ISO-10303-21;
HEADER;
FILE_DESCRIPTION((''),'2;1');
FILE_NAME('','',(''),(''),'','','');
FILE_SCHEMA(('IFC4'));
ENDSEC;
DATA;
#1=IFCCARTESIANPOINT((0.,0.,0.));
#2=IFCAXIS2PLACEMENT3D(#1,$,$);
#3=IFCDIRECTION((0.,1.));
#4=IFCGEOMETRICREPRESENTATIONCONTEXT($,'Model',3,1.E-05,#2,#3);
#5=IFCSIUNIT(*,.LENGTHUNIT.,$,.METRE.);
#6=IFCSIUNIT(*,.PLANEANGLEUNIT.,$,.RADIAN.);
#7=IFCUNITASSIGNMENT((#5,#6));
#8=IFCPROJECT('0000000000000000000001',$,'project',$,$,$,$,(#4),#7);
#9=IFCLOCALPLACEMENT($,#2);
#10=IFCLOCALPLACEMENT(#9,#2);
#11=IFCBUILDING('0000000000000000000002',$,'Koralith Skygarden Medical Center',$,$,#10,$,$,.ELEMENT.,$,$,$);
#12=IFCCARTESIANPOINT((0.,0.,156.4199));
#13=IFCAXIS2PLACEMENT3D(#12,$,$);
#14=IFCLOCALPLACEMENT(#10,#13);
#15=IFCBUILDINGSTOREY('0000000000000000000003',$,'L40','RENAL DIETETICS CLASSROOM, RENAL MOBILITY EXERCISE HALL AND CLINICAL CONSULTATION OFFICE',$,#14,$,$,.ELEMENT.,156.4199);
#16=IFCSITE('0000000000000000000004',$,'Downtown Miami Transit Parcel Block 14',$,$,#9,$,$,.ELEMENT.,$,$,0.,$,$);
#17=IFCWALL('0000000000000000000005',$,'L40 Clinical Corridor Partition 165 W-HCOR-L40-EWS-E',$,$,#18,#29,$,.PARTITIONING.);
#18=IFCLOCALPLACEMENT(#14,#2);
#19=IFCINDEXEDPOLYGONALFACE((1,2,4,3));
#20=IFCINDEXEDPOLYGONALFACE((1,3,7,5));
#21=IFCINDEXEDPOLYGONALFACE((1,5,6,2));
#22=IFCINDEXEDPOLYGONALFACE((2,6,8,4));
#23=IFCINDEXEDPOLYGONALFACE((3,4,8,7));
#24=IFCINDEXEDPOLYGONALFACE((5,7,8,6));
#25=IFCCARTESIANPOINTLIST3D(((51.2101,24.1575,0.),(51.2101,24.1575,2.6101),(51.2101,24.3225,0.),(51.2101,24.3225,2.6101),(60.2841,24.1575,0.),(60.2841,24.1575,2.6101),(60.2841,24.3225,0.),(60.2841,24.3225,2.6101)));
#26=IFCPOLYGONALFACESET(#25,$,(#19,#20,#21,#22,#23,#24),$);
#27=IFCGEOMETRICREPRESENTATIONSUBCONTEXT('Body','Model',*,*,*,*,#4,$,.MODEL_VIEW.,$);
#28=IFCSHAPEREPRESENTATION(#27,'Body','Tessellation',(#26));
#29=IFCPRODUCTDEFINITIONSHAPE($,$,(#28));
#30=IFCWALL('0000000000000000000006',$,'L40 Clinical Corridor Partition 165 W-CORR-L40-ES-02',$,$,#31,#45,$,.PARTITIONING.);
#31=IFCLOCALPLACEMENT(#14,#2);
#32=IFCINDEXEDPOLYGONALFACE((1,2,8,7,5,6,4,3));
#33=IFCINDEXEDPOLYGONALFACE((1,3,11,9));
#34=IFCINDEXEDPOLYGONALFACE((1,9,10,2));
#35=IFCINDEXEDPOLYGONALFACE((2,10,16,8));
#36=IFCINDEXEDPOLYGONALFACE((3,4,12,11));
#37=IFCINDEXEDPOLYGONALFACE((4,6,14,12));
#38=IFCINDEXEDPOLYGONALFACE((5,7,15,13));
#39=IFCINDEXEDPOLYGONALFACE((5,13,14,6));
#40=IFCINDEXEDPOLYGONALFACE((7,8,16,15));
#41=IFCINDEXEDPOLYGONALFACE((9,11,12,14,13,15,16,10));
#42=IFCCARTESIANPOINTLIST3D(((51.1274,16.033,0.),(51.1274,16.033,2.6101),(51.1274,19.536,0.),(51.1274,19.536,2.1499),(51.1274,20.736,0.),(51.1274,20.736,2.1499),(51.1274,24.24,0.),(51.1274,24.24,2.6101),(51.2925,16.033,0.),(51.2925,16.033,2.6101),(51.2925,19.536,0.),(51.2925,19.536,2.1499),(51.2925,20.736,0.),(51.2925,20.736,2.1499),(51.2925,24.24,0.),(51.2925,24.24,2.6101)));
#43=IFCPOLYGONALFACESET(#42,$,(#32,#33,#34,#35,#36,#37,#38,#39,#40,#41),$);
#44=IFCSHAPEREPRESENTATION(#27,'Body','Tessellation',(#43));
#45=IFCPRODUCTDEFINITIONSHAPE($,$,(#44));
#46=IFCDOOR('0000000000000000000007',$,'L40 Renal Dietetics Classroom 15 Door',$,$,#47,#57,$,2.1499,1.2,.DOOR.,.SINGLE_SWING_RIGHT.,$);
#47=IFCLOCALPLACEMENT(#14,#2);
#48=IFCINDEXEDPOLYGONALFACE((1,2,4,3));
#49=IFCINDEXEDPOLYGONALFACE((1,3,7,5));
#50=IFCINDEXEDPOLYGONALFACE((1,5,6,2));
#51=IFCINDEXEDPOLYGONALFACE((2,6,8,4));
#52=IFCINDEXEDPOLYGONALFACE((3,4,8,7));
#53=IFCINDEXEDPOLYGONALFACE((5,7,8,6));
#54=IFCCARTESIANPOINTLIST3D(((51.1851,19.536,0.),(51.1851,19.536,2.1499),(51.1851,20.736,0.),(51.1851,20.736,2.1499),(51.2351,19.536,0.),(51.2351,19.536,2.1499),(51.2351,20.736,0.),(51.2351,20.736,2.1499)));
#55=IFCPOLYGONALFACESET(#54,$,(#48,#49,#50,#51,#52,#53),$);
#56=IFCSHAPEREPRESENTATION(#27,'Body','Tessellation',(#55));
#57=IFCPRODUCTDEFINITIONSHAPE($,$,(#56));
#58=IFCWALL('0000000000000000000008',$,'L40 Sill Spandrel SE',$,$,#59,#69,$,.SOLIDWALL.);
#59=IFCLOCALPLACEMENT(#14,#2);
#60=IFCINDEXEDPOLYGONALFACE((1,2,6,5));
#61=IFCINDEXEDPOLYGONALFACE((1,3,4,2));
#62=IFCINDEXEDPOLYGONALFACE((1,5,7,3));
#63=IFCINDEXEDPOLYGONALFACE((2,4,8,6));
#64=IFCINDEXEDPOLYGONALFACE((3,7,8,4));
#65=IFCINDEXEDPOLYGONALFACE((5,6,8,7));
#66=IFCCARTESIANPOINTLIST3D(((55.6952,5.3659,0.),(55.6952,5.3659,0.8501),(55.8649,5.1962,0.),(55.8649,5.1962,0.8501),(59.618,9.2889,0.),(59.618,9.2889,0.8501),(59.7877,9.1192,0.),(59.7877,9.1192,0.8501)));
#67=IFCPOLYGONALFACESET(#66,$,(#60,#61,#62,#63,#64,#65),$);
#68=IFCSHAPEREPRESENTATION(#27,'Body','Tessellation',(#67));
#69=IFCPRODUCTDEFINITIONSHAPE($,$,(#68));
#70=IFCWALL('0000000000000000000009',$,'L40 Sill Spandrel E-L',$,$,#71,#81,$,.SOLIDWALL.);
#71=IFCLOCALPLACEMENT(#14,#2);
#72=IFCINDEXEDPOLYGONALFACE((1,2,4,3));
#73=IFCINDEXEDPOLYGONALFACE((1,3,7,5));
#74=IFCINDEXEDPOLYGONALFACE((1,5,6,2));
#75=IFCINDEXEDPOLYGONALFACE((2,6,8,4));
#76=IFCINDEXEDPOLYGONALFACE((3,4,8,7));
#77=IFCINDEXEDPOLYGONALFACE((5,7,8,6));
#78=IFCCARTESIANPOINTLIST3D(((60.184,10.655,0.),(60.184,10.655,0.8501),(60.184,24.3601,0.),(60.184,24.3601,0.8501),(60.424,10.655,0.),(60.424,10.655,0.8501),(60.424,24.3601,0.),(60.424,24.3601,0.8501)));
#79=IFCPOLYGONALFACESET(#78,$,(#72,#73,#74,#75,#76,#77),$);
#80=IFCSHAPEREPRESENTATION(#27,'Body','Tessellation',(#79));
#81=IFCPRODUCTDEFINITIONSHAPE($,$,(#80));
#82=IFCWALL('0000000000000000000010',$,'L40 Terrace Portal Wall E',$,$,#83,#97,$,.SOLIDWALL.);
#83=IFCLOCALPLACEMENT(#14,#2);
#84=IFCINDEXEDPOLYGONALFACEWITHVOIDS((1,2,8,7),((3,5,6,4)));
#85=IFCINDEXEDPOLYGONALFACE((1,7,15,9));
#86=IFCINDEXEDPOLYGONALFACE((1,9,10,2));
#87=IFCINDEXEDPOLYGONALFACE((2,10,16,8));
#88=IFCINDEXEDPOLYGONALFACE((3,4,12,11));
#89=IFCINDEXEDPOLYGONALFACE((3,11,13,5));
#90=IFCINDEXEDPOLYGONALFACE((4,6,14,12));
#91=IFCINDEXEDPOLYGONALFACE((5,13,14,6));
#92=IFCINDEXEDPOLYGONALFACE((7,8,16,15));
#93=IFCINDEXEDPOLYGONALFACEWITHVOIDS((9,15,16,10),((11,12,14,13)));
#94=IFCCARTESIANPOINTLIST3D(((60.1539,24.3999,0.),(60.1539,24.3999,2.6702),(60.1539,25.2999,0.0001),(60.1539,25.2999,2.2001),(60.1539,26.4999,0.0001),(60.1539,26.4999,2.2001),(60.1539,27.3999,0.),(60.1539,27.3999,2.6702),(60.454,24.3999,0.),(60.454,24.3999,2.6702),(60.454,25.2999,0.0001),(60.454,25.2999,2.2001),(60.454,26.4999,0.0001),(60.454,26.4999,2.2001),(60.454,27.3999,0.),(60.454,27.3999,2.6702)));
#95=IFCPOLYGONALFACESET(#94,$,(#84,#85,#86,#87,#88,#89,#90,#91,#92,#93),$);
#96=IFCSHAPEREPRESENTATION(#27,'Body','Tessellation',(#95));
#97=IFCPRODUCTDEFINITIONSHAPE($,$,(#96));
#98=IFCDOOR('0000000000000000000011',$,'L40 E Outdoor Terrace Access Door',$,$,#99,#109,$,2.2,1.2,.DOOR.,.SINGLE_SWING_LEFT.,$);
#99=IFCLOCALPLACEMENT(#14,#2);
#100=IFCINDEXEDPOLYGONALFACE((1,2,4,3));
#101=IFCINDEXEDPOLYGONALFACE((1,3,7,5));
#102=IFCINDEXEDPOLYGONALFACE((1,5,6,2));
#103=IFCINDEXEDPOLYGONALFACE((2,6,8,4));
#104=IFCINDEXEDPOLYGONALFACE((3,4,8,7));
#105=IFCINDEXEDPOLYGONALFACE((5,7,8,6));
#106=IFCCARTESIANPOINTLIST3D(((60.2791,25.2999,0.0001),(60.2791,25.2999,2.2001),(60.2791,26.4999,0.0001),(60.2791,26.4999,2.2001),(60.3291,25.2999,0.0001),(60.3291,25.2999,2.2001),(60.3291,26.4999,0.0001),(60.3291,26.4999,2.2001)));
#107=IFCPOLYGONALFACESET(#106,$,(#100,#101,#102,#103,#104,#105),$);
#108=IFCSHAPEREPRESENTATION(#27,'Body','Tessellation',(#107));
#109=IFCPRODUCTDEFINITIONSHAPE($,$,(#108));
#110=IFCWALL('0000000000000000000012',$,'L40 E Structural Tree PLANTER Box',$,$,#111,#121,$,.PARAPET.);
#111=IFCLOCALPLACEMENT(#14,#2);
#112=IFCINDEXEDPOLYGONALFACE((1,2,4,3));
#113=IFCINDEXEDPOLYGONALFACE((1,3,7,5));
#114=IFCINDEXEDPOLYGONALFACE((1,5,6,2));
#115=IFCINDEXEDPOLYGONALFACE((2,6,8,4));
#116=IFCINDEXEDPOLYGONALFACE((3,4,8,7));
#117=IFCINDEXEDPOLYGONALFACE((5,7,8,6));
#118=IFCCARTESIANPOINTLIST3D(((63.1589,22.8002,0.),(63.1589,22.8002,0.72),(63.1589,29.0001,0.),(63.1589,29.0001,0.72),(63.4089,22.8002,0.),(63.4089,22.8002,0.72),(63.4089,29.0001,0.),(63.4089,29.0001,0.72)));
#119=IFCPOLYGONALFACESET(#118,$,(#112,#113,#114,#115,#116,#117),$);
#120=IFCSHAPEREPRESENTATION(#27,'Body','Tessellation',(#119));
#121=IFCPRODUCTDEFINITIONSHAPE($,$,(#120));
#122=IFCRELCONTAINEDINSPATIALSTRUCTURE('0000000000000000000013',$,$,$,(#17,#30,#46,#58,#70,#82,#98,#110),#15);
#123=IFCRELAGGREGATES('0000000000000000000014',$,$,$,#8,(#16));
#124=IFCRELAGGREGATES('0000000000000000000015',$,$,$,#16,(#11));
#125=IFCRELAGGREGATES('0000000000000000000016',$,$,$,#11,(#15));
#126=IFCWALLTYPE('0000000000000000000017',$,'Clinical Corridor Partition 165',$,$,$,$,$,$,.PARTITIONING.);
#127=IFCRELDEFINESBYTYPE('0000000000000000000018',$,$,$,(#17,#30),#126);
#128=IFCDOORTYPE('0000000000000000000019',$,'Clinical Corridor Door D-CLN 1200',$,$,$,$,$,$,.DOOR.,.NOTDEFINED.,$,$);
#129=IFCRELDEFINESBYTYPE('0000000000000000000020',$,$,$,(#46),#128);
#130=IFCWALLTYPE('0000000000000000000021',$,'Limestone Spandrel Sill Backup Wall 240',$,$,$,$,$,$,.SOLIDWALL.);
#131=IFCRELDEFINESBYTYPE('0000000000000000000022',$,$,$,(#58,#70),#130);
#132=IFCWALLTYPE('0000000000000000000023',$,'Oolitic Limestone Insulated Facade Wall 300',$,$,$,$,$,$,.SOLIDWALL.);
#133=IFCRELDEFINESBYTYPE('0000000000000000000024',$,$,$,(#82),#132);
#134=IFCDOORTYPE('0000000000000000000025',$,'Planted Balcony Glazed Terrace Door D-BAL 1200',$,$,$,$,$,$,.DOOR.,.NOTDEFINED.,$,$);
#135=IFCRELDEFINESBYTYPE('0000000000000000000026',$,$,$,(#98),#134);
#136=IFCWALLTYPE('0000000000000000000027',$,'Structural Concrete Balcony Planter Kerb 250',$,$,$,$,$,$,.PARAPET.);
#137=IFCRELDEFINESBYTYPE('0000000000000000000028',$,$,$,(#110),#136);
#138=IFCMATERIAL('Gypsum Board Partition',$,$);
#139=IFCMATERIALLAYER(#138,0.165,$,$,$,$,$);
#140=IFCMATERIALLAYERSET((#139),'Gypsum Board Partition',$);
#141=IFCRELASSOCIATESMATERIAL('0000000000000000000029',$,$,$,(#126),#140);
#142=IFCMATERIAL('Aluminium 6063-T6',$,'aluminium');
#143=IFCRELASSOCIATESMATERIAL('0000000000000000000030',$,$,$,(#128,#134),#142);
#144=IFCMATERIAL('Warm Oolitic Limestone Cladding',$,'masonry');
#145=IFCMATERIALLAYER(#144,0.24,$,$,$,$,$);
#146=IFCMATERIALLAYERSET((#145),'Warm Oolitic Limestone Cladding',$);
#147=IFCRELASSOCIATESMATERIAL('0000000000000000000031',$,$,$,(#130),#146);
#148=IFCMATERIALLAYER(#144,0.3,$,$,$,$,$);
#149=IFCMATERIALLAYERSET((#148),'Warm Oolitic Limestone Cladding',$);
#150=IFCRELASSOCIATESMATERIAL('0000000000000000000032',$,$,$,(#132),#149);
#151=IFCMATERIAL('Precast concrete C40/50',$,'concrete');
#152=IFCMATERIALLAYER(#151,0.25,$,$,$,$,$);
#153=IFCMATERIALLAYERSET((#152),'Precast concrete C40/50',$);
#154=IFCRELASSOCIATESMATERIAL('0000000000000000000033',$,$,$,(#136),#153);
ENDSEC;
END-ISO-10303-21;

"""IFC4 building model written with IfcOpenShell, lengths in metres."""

from ifc_helpers import new_model, si_unit, direction, frame, frame_2d, origin, place, context, subcontext, project, spatial, rectangle, extrude, material, layer, layer_set, type_object, element, fill, save


model = new_model("IFC4")

# Units and contexts
model_context = context("Model", 3, precision=1e-05, world=origin(), true_north=direction((0.0, 1.0)))
body_context = subcontext(model_context, "Body", "Model", "MODEL_VIEW")
ifc_project = project(units=[si_unit("LENGTHUNIT", "METRE"), si_unit("PLANEANGLEUNIT", "RADIAN")], contexts=[model_context])

# Site, building, storey
site_placement = place(None, origin())
site = spatial("IfcSite", under=ifc_project, at=site_placement, Name="Downtown Miami Transit Parcel Block 14", CompositionType="ELEMENT", RefElevation=0.0)
building_placement = place(site_placement, origin())
building = spatial("IfcBuilding", under=site, at=building_placement, Name="Koralith Skygarden Medical Center", CompositionType="ELEMENT")
storey_placement = place(building_placement, frame((0.0, 0.0, 156.4199)))
storey = spatial("IfcBuildingStorey", under=building, at=storey_placement, Name="L40", Description="RENAL DIETETICS CLASSROOM, RENAL MOBILITY EXERCISE HALL AND CLINICAL CONSULTATION OFFICE", CompositionType="ELEMENT", Elevation=156.4199)

# Shared definitions
ifc_material_1 = material(Name="Aluminium 6063-T6", Category="aluminium")

# Shared definitions
ifc_material_2 = material(Name="Warm Oolitic Limestone Cladding", Category="masonry")

# Wall
ifc_material_3 = material(Name="Gypsum Board Partition")
ifc_layer_1 = layer(ifc_material_3, 0.165)
ifc_layer_set_1 = layer_set([ifc_layer_1], Name="Gypsum Board Partition")
wall_type_1 = type_object("IfcWallType", Name="Clinical Corridor Partition 165", PredefinedType="PARTITIONING", material=ifc_layer_set_1)
wall_1_placement = place(storey_placement, frame((51.21, 24.24, 0.0), z_axis=(0.0, 0.0, 1.0), x_axis=(1.0, 0.0, 0.0)))
element("IfcWall", 1, at=wall_1_placement, inside=storey, type_object=wall_type_1, Name="L40 Clinical Corridor Partition 165 W-HCOR-L40-EWS-E", PredefinedType="PARTITIONING", context=body_context, shape_type="SweptSolid", body=[
    extrude(rectangle(XDim=9.074, YDim=0.165, at=frame_2d((4.5371, 0.0))), origin(), (0.0, 0.0, 1.0), 2.6101),
])

# Wall, opening, door
wall_2_placement = place(storey_placement, frame((51.21, 16.033, 0.0), z_axis=(0.0, 0.0, 1.0), x_axis=(0.0, 1.0, 0.0)))
wall_2 = element("IfcWall", 2, at=wall_2_placement, inside=storey, type_object=wall_type_1, Name="L40 Clinical Corridor Partition 165 W-CORR-L40-ES-02", PredefinedType="PARTITIONING", context=body_context, shape_type="SweptSolid", body=[
    extrude(rectangle(XDim=8.207, YDim=0.165, at=frame_2d((4.1035, 0.0))), origin(), (0.0, 0.0, 1.0), 2.6101),
])
opening_1_placement = place(wall_2_placement, frame((3.5029, 0.0, 0.0)))
opening_1 = element("IfcOpeningElement", 3, at=opening_1_placement, cuts=wall_2, PredefinedType="OPENING", context=body_context, shape_type="SweptSolid", body=[
    extrude(rectangle(XDim=1.2, YDim=2.1499, at=frame_2d((0.6001, 1.075))), frame((0.0, 0.0925, 0.0), z_axis=(0.0, -1.0, 0.0), x_axis=(1.0, 0.0, 0.0)), (0.0, 0.0, 1.0), 0.1851),
])
door_type_1 = type_object("IfcDoorType", Name="Clinical Corridor Door D-CLN 1200", OperationType="NOTDEFINED", PredefinedType="DOOR", material=ifc_material_1)
door_1_placement = place(opening_1_placement, origin())
door_1 = element("IfcDoor", 4, at=door_1_placement, inside=storey, type_object=door_type_1, Name="L40 Renal Dietetics Classroom 15 Door", OperationType="SINGLE_SWING_RIGHT", OverallHeight=2.1499, OverallWidth=1.2, PredefinedType="DOOR", context=body_context, shape_type="SweptSolid", body=[
    extrude(rectangle(XDim=1.2, YDim=2.1499, at=frame_2d((0.6001, 1.075))), frame((0.0, 0.0249, 0.0), z_axis=(0.0, -1.0, 0.0), x_axis=(1.0, 0.0, 0.0)), (0.0, 0.0, 1.0), 0.05),
])
fill(opening_1, door_1)

# Walls
ifc_layer_2 = layer(ifc_material_2, 0.24)
ifc_layer_set_2 = layer_set([ifc_layer_2], Name="Warm Oolitic Limestone Cladding")
wall_type_2 = type_object("IfcWallType", Name="Limestone Spandrel Sill Backup Wall 240", PredefinedType="SOLIDWALL", material=ifc_layer_set_2)
wall_3_placement = place(storey_placement, frame((55.78, 5.281, 0.0), z_axis=(0.0, 0.0, 1.0), x_axis=(0.707085, 0.707129, 0.0)))
element("IfcWall", 5, at=wall_3_placement, inside=storey, type_object=wall_type_2, Name="L40 Sill Spandrel SE", PredefinedType="SOLIDWALL", context=body_context, shape_type="SweptSolid", body=[
    extrude(rectangle(XDim=5.5479, YDim=0.24, at=frame_2d((2.7739, 0.0))), origin(), (0.0, 0.0, 1.0), 0.8501),
])
wall_4_placement = place(storey_placement, frame((60.304, 10.655, 0.0), z_axis=(0.0, 0.0, 1.0), x_axis=(0.0, 1.0, 0.0)))
element("IfcWall", 6, at=wall_4_placement, inside=storey, type_object=wall_type_2, Name="L40 Sill Spandrel E-L", PredefinedType="SOLIDWALL", context=body_context, shape_type="SweptSolid", body=[
    extrude(rectangle(XDim=13.7051, YDim=0.24, at=frame_2d((6.8525, 0.0))), origin(), (0.0, 0.0, 1.0), 0.8501),
])

# Wall, opening, door
ifc_layer_3 = layer(ifc_material_2, 0.3)
ifc_layer_set_3 = layer_set([ifc_layer_3], Name="Warm Oolitic Limestone Cladding")
wall_type_3 = type_object("IfcWallType", Name="Oolitic Limestone Insulated Facade Wall 300", PredefinedType="SOLIDWALL", material=ifc_layer_set_3)
wall_5_placement = place(storey_placement, frame((60.304, 24.3999, 0.0), z_axis=(0.0, 0.0, 1.0), x_axis=(0.0, 1.0, 0.0)))
wall_5 = element("IfcWall", 7, at=wall_5_placement, inside=storey, type_object=wall_type_3, Name="L40 Terrace Portal Wall E", PredefinedType="SOLIDWALL", context=body_context, shape_type="SweptSolid", body=[
    extrude(rectangle(XDim=3.0, YDim=0.3, at=frame_2d((1.5, 0.0))), origin(), (0.0, 0.0, 1.0), 2.6702),
])
opening_2_placement = place(wall_5_placement, frame((0.8999, 0.0, 0.0)))
opening_2 = element("IfcOpeningElement", 8, at=opening_2_placement, cuts=wall_5, PredefinedType="OPENING", context=body_context, shape_type="SweptSolid", body=[
    extrude(rectangle(XDim=1.2, YDim=2.2, at=frame_2d((0.6001, 1.1001))), frame((0.0, 0.1599, 0.0), z_axis=(0.0, -1.0, 0.0), x_axis=(1.0, 0.0, 0.0)), (0.0, 0.0, 1.0), 0.3201),
])
door_type_2 = type_object("IfcDoorType", Name="Planted Balcony Glazed Terrace Door D-BAL 1200", OperationType="NOTDEFINED", PredefinedType="DOOR", material=ifc_material_1)
door_2_placement = place(opening_2_placement, origin())
door_2 = element("IfcDoor", 9, at=door_2_placement, inside=storey, type_object=door_type_2, Name="L40 E Outdoor Terrace Access Door", OperationType="SINGLE_SWING_LEFT", OverallHeight=2.2, OverallWidth=1.2, PredefinedType="DOOR", context=body_context, shape_type="SweptSolid", body=[
    extrude(rectangle(XDim=1.2, YDim=2.2, at=frame_2d((0.6001, 1.1001))), frame((0.0, 0.0249, 0.0), z_axis=(0.0, -1.0, 0.0), x_axis=(1.0, 0.0, 0.0)), (0.0, 0.0, 1.0), 0.05),
])
fill(opening_2, door_2)

# Wall
ifc_material_4 = material(Name="Precast concrete C40/50", Category="concrete")
ifc_layer_4 = layer(ifc_material_4, 0.25)
ifc_layer_set_4 = layer_set([ifc_layer_4], Name="Precast concrete C40/50")
wall_type_4 = type_object("IfcWallType", Name="Structural Concrete Balcony Planter Kerb 250", PredefinedType="PARAPET", material=ifc_layer_set_4)
wall_6_placement = place(storey_placement, frame((63.2839, 22.8, 0.0), z_axis=(0.0, 0.0, 1.0), x_axis=(0.0, 1.0, 0.0)))
element("IfcWall", 10, at=wall_6_placement, inside=storey, type_object=wall_type_4, Name="L40 E Structural Tree PLANTER Box", PredefinedType="PARAPET", context=body_context, shape_type="SweptSolid", body=[
    extrude(rectangle(XDim=6.2, YDim=0.25, at=frame_2d((3.1001, 0.0))), origin(), (0.0, 0.0, 1.0), 0.72),
])

save(model, "model.ifc")
